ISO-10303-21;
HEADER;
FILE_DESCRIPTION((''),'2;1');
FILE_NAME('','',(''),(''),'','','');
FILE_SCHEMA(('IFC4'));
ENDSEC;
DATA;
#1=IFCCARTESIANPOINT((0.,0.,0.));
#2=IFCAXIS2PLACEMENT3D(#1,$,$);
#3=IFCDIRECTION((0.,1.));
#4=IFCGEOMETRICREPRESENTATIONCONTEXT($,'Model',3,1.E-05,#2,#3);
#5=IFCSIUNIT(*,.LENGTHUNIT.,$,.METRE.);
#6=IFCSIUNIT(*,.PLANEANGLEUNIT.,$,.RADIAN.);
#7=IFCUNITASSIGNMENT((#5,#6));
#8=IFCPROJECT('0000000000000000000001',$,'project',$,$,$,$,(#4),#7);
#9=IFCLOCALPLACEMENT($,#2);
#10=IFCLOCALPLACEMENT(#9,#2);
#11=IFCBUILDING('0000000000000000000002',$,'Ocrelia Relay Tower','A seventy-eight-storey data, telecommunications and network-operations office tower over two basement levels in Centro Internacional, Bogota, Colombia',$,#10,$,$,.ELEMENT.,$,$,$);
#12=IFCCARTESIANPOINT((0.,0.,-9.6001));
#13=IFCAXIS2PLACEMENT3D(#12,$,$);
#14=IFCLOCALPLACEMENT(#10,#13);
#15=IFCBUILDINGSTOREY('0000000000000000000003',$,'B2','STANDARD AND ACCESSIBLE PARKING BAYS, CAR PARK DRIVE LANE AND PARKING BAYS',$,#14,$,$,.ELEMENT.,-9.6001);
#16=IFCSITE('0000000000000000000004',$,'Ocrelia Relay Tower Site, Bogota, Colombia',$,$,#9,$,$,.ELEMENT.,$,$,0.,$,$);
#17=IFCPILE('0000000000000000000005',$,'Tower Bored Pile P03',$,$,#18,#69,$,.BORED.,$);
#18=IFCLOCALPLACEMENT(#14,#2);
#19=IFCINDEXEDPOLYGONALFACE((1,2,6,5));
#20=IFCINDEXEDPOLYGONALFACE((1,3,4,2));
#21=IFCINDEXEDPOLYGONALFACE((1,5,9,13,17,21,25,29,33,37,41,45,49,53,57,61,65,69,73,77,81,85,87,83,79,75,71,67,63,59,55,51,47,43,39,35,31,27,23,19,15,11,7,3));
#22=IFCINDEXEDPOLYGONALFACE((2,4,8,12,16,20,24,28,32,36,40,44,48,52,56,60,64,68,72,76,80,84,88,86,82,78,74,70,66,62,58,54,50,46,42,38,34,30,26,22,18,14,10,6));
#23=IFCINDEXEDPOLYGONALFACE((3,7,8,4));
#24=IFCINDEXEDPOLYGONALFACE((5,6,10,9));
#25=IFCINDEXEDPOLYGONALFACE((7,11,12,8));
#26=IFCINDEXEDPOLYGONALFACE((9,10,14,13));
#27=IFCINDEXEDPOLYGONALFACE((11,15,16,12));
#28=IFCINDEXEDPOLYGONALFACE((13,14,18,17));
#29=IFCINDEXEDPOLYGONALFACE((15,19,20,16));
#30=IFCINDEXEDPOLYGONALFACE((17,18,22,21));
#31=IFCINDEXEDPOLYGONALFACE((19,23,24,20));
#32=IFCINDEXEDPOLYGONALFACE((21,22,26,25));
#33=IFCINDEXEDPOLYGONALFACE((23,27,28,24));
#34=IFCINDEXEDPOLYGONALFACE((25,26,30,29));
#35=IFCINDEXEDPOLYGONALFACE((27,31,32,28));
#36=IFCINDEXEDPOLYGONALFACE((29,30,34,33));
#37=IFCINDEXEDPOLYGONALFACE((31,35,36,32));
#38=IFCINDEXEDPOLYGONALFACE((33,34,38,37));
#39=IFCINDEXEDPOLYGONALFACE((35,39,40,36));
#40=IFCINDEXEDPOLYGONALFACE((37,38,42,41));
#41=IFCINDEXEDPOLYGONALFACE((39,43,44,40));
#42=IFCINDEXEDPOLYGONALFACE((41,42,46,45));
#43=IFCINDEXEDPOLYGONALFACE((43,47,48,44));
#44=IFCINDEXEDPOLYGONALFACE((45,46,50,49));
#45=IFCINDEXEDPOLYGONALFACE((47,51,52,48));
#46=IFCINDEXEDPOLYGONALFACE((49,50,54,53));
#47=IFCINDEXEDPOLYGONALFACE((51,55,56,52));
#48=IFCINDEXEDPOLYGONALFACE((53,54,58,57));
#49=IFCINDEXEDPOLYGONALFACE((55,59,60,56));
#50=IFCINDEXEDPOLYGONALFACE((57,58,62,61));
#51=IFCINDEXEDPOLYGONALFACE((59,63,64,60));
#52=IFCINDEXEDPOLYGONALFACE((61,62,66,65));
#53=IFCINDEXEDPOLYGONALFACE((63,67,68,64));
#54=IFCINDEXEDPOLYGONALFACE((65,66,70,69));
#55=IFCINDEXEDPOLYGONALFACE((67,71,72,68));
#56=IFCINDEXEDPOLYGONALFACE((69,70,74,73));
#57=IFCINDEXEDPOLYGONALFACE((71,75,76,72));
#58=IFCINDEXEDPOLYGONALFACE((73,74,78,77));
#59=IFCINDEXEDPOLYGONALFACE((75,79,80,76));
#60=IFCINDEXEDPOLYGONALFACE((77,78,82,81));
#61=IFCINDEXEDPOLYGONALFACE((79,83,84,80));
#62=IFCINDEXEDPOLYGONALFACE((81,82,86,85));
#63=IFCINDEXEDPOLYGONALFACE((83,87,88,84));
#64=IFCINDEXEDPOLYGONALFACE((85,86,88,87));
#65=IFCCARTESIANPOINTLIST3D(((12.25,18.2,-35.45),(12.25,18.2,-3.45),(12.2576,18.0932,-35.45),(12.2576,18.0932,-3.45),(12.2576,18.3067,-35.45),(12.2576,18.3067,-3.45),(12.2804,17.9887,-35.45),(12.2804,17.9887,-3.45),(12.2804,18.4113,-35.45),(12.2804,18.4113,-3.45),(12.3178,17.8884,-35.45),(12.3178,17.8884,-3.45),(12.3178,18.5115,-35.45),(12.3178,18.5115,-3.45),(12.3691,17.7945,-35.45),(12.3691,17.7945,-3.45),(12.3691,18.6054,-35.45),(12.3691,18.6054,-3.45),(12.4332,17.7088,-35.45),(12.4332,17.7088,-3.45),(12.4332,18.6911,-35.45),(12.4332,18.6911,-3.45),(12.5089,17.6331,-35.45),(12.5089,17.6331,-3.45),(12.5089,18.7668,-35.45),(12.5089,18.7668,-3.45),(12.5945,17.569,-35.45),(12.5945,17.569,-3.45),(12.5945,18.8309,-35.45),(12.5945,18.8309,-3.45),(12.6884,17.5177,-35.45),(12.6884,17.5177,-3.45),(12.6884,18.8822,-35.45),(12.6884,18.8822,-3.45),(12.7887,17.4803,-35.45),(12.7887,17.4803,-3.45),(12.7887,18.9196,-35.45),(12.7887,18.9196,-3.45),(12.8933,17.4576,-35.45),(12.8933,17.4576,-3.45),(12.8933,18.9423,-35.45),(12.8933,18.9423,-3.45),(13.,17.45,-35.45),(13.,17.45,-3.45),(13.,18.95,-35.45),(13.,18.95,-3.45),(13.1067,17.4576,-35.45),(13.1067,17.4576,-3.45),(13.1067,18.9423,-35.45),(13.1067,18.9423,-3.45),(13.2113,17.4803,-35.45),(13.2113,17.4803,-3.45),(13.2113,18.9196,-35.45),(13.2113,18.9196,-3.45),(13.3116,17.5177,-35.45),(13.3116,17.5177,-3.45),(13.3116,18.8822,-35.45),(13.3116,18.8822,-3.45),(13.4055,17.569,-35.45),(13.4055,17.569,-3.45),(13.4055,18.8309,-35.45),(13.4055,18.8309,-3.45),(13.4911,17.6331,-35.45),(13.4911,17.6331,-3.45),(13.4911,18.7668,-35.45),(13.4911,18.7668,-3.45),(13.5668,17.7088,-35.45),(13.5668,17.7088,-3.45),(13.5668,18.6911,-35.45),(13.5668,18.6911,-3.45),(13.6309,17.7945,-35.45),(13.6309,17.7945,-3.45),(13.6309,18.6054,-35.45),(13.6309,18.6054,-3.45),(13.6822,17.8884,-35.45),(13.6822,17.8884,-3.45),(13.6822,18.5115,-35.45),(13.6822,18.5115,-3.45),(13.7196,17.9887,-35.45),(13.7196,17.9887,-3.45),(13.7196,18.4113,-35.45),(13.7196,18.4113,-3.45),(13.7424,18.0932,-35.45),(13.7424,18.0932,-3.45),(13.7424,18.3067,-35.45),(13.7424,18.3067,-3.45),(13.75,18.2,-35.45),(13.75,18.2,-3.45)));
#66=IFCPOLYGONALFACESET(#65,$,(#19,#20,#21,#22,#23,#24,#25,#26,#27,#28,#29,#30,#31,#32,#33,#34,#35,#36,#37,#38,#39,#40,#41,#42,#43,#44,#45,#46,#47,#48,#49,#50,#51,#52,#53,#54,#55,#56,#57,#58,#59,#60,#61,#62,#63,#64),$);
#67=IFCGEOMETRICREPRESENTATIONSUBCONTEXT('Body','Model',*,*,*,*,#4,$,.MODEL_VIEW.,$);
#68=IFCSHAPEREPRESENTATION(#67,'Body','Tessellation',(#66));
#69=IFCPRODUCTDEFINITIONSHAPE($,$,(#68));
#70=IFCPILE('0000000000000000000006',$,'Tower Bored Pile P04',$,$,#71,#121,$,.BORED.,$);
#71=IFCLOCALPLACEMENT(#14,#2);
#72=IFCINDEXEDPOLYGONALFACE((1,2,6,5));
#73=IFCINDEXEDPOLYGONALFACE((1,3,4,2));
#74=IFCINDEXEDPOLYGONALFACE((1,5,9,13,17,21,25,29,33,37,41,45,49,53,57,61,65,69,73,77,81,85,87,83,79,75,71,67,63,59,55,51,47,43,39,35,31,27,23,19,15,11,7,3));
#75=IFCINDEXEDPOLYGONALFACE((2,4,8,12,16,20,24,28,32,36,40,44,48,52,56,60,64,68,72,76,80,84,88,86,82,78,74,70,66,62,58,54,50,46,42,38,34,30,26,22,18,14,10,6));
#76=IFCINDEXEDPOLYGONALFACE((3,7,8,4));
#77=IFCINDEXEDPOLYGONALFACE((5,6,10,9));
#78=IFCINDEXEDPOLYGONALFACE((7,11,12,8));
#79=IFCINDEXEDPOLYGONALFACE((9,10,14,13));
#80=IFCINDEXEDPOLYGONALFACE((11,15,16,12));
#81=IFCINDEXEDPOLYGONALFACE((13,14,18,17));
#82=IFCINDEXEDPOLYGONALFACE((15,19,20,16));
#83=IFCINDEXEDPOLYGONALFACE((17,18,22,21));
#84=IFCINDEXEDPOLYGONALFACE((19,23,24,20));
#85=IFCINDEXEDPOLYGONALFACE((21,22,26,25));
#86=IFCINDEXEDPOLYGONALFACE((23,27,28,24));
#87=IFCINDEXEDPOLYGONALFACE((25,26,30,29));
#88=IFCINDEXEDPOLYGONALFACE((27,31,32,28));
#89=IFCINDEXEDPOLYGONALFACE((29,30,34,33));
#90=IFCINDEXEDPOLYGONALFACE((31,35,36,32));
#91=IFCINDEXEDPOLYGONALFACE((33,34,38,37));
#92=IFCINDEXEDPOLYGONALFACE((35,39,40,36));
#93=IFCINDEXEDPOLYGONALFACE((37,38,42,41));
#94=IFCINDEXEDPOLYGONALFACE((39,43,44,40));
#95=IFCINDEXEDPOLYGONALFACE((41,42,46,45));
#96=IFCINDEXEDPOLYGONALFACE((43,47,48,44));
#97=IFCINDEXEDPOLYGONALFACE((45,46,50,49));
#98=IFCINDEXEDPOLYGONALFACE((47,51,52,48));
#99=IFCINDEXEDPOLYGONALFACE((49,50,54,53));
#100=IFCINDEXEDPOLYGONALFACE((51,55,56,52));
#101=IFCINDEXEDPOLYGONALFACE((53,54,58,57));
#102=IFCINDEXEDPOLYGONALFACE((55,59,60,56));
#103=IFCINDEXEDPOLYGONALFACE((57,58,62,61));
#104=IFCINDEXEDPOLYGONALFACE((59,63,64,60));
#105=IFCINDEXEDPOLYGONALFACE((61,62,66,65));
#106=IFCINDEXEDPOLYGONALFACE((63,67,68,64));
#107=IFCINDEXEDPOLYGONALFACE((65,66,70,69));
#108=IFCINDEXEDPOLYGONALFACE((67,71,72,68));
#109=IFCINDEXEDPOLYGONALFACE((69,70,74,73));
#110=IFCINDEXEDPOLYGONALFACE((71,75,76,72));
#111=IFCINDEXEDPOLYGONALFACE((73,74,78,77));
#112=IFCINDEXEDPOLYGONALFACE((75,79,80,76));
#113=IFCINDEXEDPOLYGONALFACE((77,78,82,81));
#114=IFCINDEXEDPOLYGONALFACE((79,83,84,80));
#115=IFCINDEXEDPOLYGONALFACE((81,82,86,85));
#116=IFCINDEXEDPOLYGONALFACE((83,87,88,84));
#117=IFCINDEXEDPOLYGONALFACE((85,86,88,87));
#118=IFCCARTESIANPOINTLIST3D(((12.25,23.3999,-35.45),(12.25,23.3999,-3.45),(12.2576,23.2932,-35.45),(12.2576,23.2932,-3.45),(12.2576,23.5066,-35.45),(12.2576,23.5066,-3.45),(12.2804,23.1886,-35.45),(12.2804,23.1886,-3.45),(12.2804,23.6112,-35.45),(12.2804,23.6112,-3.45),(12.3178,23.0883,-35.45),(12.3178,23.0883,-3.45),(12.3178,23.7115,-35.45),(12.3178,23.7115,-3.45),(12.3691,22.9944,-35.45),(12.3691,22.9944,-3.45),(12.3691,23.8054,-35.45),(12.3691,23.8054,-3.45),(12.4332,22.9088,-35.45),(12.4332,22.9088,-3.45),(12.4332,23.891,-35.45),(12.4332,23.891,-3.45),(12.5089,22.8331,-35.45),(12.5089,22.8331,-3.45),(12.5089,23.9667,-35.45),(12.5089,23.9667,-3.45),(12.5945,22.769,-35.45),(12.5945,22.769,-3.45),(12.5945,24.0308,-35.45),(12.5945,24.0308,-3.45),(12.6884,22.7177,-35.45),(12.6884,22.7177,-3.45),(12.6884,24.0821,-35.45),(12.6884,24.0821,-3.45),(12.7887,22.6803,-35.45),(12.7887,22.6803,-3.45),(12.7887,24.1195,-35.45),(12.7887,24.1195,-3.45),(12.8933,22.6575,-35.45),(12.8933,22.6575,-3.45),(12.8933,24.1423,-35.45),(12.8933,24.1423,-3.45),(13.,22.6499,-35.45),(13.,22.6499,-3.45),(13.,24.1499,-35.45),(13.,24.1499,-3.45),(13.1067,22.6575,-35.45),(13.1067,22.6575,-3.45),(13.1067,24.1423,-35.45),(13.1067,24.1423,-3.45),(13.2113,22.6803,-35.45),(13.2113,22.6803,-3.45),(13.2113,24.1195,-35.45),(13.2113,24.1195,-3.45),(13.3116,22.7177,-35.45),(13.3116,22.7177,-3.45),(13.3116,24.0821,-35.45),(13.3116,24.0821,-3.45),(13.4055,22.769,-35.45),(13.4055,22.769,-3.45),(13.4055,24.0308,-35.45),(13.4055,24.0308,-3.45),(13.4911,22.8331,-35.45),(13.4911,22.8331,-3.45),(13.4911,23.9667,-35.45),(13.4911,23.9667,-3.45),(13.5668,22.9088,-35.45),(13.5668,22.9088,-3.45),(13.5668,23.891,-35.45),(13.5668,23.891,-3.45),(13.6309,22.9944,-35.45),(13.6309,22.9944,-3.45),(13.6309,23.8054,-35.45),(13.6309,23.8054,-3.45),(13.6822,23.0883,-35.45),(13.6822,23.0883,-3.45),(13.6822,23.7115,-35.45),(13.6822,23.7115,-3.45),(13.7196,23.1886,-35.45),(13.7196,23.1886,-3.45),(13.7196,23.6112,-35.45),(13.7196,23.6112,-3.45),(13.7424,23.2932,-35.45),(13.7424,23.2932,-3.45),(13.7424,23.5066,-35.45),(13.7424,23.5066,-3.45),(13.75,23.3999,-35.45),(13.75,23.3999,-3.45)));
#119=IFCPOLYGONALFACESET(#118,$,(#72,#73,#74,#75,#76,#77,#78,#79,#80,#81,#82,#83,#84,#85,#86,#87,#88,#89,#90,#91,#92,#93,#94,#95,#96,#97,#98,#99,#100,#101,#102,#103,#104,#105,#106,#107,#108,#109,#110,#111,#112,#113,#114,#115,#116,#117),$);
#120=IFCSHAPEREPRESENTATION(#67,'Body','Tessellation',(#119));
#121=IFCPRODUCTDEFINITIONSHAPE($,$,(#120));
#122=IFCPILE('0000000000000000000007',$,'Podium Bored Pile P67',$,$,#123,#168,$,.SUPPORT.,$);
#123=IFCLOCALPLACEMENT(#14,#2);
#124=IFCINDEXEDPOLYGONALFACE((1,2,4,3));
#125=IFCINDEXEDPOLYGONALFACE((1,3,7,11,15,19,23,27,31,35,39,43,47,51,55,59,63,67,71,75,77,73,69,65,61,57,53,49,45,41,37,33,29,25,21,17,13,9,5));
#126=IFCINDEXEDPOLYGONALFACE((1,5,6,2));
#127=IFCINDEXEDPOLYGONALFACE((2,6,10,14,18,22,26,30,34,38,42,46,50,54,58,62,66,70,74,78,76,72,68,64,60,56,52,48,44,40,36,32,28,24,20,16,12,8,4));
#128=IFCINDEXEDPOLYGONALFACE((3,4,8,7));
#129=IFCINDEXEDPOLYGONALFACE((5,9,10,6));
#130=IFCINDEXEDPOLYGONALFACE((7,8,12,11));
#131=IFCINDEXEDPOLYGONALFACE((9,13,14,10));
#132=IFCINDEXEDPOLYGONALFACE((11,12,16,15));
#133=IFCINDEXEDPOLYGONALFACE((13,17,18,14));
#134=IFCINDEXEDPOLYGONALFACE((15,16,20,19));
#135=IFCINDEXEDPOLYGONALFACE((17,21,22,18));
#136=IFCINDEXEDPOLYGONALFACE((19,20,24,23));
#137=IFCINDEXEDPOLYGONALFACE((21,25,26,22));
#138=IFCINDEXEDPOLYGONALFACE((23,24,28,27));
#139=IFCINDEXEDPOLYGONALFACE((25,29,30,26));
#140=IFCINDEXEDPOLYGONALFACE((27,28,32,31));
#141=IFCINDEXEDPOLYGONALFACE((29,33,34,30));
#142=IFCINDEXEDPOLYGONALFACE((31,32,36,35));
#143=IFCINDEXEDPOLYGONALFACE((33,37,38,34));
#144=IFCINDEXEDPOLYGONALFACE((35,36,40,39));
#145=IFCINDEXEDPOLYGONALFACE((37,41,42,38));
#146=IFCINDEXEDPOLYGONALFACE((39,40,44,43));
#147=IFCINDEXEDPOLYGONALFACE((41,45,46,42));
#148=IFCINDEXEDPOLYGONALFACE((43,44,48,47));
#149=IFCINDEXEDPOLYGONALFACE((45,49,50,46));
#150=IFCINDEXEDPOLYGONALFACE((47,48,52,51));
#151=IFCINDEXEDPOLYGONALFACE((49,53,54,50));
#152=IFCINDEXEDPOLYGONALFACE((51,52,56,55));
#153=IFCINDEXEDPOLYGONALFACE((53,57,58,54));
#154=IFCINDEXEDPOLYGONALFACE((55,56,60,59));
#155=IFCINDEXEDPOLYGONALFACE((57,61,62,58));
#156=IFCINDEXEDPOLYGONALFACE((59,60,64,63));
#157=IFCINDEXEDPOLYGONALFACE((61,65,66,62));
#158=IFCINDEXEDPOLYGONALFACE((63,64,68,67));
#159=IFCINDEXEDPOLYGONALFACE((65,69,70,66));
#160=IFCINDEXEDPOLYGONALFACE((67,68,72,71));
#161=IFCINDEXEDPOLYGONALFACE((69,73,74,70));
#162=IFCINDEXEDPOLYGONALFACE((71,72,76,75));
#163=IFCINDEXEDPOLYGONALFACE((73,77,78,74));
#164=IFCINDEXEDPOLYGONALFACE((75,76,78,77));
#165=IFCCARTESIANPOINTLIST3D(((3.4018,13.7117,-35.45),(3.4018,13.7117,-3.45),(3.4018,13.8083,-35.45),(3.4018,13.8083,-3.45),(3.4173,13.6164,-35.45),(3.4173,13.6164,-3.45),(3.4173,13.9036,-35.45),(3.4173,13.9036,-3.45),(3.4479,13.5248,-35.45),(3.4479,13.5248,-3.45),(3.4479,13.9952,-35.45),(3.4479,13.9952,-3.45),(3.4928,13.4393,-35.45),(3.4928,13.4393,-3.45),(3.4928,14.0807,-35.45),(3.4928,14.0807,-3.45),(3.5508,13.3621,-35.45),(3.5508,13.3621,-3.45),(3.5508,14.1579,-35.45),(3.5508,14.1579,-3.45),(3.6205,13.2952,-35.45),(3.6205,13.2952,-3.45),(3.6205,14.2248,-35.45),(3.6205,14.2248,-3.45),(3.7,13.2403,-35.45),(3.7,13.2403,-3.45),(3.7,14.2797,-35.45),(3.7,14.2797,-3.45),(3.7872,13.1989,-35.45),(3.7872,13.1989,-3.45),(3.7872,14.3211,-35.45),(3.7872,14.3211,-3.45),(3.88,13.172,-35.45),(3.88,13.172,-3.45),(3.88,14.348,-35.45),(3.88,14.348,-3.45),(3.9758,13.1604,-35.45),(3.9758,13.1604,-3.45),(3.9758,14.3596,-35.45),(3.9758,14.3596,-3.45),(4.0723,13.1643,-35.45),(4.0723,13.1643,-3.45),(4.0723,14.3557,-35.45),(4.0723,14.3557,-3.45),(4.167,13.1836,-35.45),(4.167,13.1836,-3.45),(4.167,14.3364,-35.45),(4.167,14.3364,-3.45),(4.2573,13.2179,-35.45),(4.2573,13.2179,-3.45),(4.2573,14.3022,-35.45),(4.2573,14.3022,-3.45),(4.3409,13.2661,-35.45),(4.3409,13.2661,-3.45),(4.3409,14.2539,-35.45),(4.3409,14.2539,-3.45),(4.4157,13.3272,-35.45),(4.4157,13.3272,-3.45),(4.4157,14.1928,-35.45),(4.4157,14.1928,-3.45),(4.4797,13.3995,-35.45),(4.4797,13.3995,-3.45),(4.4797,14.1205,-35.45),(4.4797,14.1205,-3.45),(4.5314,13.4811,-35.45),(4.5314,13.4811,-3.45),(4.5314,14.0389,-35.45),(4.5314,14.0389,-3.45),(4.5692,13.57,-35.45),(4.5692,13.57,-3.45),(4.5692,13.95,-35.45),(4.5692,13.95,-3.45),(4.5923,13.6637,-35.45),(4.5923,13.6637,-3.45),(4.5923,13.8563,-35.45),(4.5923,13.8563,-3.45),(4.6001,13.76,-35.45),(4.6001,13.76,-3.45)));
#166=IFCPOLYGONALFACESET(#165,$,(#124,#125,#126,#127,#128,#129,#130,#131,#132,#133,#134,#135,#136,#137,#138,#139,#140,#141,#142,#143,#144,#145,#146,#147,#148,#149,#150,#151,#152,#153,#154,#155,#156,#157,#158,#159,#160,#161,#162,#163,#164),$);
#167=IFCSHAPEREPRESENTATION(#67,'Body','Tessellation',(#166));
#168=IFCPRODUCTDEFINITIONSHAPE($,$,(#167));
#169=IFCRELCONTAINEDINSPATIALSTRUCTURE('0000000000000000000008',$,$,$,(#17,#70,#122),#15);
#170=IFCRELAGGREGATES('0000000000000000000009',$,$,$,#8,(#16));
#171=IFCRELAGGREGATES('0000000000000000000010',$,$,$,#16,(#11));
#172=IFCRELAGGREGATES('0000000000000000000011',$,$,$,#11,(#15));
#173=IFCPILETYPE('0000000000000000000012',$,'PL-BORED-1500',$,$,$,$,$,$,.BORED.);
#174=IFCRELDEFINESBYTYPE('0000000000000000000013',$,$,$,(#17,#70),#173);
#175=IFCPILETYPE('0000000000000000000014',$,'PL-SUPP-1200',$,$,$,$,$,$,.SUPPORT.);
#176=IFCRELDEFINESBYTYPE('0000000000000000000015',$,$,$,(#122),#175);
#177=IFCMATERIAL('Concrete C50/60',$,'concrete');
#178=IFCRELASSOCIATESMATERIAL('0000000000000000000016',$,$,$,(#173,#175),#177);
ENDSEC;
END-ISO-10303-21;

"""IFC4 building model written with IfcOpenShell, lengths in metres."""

from ifc_helpers import new_model, si_unit, direction, frame, origin, origin_2d, place, context, subcontext, project, spatial, circle, extrude, material, material_profile, profile_set, type_object, element, save


model = new_model("IFC4")

# Units and contexts
model_context = context("Model", 3, precision=1e-05, world=origin(), true_north=direction((0.0, 1.0)))
body_context = subcontext(model_context, "Body", "Model", "MODEL_VIEW")
ifc_project = project(units=[si_unit("LENGTHUNIT", "METRE"), si_unit("PLANEANGLEUNIT", "RADIAN")], contexts=[model_context])

# Site, building, storey
site_placement = place(None, origin())
site = spatial("IfcSite", under=ifc_project, at=site_placement, Name="Ocrelia Relay Tower Site, Bogota, Colombia", CompositionType="ELEMENT", RefElevation=0.0)
building_placement = place(site_placement, origin())
building = spatial("IfcBuilding", under=site, at=building_placement, Name="Ocrelia Relay Tower", Description="A seventy-eight-storey data, telecommunications and network-operations office tower over two basement levels in Centro Internacional, Bogota, Colombia", CompositionType="ELEMENT")
storey_placement = place(building_placement, frame((0.0, 0.0, -9.6001)))
storey = spatial("IfcBuildingStorey", under=building, at=storey_placement, Name="B2", Description="STANDARD AND ACCESSIBLE PARKING BAYS, CAR PARK DRIVE LANE AND PARKING BAYS", CompositionType="ELEMENT", Elevation=-9.6001)

# Piles
ifc_material_1 = material(Name="Concrete C50/60", Category="concrete")
ifc_material_profile_1 = material_profile(ifc_material_1, circle(Radius=0.75, at=origin_2d()), Name="PILE-1500")
ifc_profile_set_1 = profile_set([ifc_material_profile_1], Name="Concrete C50/60")
pile_type_1 = type_object("IfcPileType", Name="PL-BORED-1500", PredefinedType="BORED", material=ifc_profile_set_1)
for number, where, z_axis, x_axis, name in (
    (1, (13.0, 18.2, -3.45), (0.0, 0.0, -1.0), (1.0, 0.0, 0.0), "Tower Bored Pile P03"),
    (2, (13.0, 23.3999, -3.45), (0.0, 0.0, -1.0), (1.0, 0.0, 0.0), "Tower Bored Pile P04"),
):
    element("IfcPile", number, at=place(storey_placement, frame(where, z_axis=z_axis, x_axis=x_axis)), inside=storey, type_object=pile_type_1, Name=name, PredefinedType="BORED", context=body_context, shape_type="SweptSolid", body=[
        extrude(circle(Radius=0.75, at=origin_2d()), origin(), (0.0, 0.0, 1.0), 32.0),
    ])
ifc_material_profile_2 = material_profile(ifc_material_1, circle(Radius=0.6001, at=origin_2d()), Name="PILE-1200")
ifc_profile_set_2 = profile_set([ifc_material_profile_2], Name="Concrete C50/60")
pile_type_2 = type_object("IfcPileType", Name="PL-SUPP-1200", PredefinedType="SUPPORT", material=ifc_profile_set_2)
for number, where, z_axis, x_axis, name in (
    (3, (4.0, 13.76, -3.45), (0.0, 0.0, -1.0), (1.0, 0.0, 0.0), "Podium Bored Pile P67"),
):
    element("IfcPile", number, at=place(storey_placement, frame(where, z_axis=z_axis, x_axis=x_axis)), inside=storey, type_object=pile_type_2, Name=name, PredefinedType="SUPPORT", context=body_context, shape_type="SweptSolid", body=[
        extrude(circle(Radius=0.6001, at=origin_2d()), origin(), (0.0, 0.0, 1.0), 32.0),
    ])

save(model, "model.ifc")
